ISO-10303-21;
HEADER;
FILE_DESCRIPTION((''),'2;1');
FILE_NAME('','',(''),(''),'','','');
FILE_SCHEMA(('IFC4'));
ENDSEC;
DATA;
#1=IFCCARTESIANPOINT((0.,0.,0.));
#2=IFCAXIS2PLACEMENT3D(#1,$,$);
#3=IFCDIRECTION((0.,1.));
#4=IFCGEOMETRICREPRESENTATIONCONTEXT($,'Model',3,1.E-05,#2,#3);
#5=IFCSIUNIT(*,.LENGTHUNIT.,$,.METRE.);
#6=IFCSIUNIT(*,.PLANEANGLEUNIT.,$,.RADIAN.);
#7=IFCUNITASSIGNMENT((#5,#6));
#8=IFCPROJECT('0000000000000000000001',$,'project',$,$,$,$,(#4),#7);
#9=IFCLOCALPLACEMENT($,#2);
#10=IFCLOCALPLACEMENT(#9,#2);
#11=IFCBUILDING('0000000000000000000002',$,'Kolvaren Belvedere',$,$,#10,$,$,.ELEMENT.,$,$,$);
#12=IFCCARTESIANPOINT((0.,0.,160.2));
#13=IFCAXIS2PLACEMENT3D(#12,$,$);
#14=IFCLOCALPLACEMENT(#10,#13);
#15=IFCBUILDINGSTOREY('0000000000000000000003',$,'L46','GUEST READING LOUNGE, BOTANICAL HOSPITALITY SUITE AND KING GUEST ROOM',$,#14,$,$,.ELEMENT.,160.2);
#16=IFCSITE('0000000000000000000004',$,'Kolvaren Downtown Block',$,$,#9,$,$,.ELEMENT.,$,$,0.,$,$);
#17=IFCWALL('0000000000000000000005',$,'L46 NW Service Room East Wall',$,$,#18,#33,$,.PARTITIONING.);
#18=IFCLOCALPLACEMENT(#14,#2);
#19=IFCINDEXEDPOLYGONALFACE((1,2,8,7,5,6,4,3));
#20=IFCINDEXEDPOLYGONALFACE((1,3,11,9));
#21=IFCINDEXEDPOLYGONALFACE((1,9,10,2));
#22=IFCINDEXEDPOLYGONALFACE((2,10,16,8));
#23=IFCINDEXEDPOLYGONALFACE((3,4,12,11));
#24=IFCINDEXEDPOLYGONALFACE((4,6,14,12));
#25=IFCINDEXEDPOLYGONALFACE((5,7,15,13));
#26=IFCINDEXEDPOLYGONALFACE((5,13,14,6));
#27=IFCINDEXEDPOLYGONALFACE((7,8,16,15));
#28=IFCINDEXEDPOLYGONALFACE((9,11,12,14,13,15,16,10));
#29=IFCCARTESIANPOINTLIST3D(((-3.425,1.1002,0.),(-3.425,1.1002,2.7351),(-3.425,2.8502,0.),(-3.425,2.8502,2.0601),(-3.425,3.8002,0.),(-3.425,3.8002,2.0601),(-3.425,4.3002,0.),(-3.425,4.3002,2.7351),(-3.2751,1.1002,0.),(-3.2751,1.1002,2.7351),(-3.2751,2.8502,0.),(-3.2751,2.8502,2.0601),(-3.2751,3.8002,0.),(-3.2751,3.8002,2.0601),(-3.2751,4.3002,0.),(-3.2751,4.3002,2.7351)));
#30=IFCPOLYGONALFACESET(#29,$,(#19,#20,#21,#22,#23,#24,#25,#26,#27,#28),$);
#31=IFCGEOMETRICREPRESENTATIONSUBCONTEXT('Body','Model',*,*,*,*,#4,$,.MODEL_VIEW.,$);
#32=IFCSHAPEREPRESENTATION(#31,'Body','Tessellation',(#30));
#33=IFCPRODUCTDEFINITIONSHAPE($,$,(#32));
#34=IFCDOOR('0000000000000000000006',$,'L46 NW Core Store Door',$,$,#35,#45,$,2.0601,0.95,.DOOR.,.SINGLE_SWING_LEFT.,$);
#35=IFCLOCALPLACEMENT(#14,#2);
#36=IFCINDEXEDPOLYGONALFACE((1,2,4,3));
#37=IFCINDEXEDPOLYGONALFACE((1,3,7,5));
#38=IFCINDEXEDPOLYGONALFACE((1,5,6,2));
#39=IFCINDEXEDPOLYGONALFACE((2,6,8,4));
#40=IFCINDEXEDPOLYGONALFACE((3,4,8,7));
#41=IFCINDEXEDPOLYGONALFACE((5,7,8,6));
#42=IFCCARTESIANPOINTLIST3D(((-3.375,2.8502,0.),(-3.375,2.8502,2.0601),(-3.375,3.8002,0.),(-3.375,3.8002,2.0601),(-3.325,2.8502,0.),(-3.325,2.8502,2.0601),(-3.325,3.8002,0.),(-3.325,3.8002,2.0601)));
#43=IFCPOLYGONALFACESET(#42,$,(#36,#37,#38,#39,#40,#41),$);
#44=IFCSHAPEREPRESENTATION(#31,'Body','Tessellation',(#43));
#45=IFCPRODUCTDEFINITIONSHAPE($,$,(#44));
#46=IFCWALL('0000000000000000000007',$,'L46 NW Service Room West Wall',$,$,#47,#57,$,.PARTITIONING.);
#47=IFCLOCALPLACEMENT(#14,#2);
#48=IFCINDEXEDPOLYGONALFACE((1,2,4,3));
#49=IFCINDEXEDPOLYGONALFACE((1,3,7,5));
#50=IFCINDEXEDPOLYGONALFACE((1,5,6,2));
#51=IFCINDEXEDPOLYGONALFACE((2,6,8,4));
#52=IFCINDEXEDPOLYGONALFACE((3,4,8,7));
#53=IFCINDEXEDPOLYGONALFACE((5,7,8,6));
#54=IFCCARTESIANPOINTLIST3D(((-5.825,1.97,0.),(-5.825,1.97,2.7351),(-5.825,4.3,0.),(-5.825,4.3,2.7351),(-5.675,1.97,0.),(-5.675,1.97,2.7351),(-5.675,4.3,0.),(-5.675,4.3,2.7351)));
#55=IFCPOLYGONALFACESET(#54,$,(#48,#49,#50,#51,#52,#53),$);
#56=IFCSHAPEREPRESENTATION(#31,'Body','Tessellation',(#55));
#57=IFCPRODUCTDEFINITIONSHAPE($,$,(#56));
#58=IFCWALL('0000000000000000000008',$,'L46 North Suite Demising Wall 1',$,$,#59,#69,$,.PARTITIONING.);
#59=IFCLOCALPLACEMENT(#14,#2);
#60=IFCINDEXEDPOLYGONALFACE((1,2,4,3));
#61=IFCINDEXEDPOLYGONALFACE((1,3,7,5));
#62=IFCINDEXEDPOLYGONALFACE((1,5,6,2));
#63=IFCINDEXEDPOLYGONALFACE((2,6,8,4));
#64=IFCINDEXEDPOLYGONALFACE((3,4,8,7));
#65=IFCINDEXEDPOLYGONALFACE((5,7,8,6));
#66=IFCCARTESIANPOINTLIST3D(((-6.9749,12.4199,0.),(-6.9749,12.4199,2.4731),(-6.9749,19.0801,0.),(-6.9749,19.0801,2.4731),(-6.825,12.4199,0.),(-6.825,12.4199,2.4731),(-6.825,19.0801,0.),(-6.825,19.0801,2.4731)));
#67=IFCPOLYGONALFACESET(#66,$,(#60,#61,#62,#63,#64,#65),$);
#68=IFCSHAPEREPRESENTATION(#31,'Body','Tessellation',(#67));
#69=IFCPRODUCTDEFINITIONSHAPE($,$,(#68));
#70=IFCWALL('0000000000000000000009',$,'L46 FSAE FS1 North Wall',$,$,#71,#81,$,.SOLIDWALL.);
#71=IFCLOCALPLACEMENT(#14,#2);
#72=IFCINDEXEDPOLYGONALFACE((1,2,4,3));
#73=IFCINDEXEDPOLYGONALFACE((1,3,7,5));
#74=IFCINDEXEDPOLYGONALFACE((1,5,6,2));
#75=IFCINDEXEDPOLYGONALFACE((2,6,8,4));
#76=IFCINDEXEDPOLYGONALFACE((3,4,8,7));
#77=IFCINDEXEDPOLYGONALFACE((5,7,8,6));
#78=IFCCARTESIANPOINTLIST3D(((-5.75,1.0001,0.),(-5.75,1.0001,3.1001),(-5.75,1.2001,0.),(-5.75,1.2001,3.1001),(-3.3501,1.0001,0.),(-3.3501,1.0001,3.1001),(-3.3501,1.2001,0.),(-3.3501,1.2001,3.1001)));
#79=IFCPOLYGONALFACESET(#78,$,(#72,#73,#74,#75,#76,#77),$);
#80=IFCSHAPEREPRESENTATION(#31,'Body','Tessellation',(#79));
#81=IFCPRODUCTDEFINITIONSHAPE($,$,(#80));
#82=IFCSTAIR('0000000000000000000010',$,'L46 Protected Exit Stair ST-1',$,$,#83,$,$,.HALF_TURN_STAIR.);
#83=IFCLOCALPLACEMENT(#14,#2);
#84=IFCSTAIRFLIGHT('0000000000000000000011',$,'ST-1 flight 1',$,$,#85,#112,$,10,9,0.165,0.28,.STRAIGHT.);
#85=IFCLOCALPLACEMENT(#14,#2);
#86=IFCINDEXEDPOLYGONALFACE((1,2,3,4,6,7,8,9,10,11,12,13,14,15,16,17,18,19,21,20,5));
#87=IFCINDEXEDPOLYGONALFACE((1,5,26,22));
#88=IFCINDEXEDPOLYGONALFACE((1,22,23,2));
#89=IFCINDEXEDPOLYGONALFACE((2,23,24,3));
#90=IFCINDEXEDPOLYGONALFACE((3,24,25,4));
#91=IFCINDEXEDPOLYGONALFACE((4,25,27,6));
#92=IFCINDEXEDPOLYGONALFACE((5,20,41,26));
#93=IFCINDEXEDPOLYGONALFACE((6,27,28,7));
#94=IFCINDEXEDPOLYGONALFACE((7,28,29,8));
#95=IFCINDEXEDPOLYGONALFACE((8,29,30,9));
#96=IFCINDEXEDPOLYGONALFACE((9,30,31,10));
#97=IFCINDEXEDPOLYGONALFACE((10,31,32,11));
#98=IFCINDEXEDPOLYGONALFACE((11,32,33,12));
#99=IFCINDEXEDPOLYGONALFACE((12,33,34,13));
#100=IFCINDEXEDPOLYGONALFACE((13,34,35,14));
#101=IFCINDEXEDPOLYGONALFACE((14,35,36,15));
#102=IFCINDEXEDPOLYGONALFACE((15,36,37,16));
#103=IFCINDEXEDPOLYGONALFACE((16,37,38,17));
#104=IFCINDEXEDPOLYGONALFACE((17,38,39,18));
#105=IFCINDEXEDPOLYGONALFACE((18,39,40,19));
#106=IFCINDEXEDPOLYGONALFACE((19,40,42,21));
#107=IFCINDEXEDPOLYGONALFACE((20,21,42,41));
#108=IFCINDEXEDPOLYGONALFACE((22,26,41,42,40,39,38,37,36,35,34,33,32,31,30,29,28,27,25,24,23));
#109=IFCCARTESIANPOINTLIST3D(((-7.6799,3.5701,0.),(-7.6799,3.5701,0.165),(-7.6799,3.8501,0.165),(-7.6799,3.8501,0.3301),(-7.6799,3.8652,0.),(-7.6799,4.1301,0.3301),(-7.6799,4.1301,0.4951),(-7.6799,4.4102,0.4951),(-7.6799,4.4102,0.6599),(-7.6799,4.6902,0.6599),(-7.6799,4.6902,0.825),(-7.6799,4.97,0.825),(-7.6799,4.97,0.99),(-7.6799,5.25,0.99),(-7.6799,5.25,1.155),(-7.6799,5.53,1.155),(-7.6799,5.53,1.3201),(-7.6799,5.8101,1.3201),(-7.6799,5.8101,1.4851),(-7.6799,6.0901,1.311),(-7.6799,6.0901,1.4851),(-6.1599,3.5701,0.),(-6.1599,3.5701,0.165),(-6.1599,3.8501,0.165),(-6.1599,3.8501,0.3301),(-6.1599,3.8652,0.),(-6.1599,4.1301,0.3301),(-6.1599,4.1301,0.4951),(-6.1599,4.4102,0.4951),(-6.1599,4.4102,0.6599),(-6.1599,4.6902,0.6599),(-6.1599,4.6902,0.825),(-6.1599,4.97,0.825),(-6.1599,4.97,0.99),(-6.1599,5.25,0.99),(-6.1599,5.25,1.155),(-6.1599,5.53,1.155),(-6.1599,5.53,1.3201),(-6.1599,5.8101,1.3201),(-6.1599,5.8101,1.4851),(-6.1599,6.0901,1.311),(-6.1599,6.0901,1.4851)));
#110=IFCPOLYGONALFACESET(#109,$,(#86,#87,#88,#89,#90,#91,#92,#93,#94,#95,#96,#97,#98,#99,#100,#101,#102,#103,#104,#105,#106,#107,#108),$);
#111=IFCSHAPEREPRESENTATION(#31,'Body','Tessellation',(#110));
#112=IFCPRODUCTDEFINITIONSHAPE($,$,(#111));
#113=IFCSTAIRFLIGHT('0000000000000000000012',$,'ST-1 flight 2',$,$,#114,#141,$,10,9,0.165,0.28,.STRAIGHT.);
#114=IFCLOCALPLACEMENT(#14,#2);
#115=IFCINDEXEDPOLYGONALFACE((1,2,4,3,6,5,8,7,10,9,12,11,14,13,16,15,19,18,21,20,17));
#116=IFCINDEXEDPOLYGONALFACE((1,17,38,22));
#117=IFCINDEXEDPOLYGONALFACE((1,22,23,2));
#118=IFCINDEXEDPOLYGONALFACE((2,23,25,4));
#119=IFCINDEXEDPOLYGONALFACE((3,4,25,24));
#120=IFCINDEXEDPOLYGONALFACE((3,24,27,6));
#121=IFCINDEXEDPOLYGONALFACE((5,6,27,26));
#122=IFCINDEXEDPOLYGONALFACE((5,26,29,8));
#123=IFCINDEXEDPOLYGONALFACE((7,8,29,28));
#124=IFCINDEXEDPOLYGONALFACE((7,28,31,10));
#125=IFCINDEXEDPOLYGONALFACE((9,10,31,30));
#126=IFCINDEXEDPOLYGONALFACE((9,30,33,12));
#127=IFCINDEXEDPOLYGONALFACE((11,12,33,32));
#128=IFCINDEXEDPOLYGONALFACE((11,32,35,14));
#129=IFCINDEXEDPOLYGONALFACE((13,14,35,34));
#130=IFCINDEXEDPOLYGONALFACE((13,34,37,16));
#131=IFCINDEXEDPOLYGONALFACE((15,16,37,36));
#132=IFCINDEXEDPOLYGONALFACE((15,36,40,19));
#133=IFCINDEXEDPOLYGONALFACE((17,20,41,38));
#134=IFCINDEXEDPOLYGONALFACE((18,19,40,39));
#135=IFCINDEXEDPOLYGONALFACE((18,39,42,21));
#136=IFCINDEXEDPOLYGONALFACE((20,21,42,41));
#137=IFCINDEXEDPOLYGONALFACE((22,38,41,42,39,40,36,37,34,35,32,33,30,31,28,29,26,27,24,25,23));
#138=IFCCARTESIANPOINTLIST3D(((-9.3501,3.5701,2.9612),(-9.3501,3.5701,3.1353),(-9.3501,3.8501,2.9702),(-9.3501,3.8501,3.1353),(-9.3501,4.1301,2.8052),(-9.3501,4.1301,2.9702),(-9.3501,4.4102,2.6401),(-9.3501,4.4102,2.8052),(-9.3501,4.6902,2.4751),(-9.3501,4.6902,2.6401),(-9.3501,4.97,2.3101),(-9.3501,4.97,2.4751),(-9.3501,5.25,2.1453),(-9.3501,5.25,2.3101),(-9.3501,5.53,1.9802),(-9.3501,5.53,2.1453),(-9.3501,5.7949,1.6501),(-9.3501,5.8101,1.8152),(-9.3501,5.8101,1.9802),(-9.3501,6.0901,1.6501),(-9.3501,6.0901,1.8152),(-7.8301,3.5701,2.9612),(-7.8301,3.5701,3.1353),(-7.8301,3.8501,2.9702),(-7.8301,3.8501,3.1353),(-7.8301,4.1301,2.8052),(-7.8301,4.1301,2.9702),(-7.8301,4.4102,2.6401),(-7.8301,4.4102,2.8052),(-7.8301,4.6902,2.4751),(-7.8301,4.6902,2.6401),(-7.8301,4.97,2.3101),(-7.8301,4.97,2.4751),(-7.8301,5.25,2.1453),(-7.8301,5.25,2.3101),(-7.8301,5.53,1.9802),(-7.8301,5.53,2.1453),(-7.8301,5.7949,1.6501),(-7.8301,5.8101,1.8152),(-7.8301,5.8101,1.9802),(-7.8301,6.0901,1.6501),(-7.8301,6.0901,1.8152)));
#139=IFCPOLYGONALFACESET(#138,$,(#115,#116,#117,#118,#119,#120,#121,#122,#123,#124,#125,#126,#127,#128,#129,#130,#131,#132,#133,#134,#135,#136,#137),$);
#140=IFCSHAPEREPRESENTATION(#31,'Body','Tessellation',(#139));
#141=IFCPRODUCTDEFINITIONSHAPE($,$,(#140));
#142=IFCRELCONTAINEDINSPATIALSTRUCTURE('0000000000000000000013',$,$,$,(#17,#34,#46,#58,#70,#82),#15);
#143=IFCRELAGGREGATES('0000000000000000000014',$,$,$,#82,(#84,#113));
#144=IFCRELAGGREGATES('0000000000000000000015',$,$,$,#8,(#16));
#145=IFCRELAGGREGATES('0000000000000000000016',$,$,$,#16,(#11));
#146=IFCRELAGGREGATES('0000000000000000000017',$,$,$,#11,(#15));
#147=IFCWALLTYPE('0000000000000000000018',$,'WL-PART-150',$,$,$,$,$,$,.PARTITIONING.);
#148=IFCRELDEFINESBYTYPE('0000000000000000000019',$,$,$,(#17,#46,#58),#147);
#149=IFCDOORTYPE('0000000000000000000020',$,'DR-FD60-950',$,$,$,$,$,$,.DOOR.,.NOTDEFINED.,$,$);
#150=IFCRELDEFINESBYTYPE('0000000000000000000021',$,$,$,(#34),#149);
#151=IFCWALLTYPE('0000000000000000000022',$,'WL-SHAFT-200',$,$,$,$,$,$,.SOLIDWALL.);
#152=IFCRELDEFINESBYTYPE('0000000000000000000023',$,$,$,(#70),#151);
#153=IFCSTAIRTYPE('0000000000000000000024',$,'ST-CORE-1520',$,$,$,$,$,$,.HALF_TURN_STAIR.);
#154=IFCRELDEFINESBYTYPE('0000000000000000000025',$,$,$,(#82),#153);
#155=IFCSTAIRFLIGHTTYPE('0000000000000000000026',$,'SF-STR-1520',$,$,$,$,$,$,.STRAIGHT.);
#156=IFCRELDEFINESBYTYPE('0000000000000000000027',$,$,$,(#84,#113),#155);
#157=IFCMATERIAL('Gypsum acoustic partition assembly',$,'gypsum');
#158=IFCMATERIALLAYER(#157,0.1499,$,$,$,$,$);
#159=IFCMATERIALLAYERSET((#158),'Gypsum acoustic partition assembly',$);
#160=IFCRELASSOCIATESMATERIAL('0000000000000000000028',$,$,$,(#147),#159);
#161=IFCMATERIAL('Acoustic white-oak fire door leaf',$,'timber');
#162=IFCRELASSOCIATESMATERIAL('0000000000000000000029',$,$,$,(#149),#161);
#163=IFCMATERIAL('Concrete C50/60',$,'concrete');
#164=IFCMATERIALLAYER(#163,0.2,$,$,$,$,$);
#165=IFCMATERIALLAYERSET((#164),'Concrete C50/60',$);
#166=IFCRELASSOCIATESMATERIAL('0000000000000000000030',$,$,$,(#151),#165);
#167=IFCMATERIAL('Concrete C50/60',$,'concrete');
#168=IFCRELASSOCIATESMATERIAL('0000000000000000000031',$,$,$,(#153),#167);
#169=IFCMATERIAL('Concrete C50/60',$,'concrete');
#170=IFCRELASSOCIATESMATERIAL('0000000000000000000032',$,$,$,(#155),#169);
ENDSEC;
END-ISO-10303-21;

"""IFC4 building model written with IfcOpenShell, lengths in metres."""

from ifc_helpers import new_model, si_unit, direction, frame, frame_2d, origin, place, context, subcontext, project, spatial, polyline, rectangle, outline, extrude, material, layer, layer_set, type_object, element, fill, aggregate, save


model = new_model("IFC4")

# Units and contexts
model_context = context("Model", 3, precision=1e-05, world=origin(), true_north=direction((0.0, 1.0)))
body_context = subcontext(model_context, "Body", "Model", "MODEL_VIEW")
ifc_project = project(units=[si_unit("LENGTHUNIT", "METRE"), si_unit("PLANEANGLEUNIT", "RADIAN")], contexts=[model_context])

# Site, building, storey
site_placement = place(None, origin())
site = spatial("IfcSite", under=ifc_project, at=site_placement, Name="Kolvaren Downtown Block", CompositionType="ELEMENT", RefElevation=0.0)
building_placement = place(site_placement, origin())
building = spatial("IfcBuilding", under=site, at=building_placement, Name="Kolvaren Belvedere", CompositionType="ELEMENT")
storey_placement = place(building_placement, frame((0.0, 0.0, 160.2)))
storey = spatial("IfcBuildingStorey", under=building, at=storey_placement, Name="L46", Description="GUEST READING LOUNGE, BOTANICAL HOSPITALITY SUITE AND KING GUEST ROOM", CompositionType="ELEMENT", Elevation=160.2)

# Shared definitions
ifc_material_1 = material(Name="Gypsum acoustic partition assembly", Category="gypsum")
ifc_layer_1 = layer(ifc_material_1, 0.1499)
ifc_layer_set_1 = layer_set([ifc_layer_1], Name="Gypsum acoustic partition assembly")
wall_type_1 = type_object("IfcWallType", Name="WL-PART-150", PredefinedType="PARTITIONING", material=ifc_layer_set_1)

# Wall, opening, door
wall_1_placement = place(storey_placement, frame((-3.3501, 1.1001, 0.0), z_axis=(0.0, 0.0, 1.0), x_axis=(0.0, 1.0, 0.0)))
wall_1 = element("IfcWall", 1, at=wall_1_placement, inside=storey, type_object=wall_type_1, Name="L46 NW Service Room East Wall", PredefinedType="PARTITIONING", context=body_context, shape_type="SweptSolid", body=[
    extrude(rectangle(XDim=3.2, YDim=0.1499, at=frame_2d((1.6001, 0.0))), origin(), (0.0, 0.0, 1.0), 2.7351),
])
opening_1_placement = place(wall_1_placement, frame((1.75, 0.0, 0.0)))
opening_1 = element("IfcOpeningElement", 2, at=opening_1_placement, cuts=wall_1, PredefinedType="OPENING", context=body_context, shape_type="SweptSolid", body=[
    extrude(rectangle(XDim=0.95, YDim=2.0601, at=frame_2d((0.4751, 1.03))), frame((0.0, 0.085, 0.0), z_axis=(0.0, -1.0, 0.0), x_axis=(1.0, 0.0, 0.0)), (0.0, 0.0, 1.0), 0.1699),
])
ifc_material_2 = material(Name="Acoustic white-oak fire door leaf", Category="timber")
door_type_1 = type_object("IfcDoorType", Name="DR-FD60-950", OperationType="NOTDEFINED", PredefinedType="DOOR", material=ifc_material_2)
door_1_placement = place(opening_1_placement, origin())
door_1 = element("IfcDoor", 3, at=door_1_placement, inside=storey, type_object=door_type_1, Name="L46 NW Core Store Door", OperationType="SINGLE_SWING_LEFT", OverallHeight=2.0601, OverallWidth=0.95, PredefinedType="DOOR", context=body_context, shape_type="SweptSolid", body=[
    extrude(rectangle(XDim=0.95, YDim=2.0601, at=frame_2d((0.4751, 1.03))), frame((0.0, 0.0249, 0.0), z_axis=(0.0, -1.0, 0.0), x_axis=(1.0, 0.0, 0.0)), (0.0, 0.0, 1.0), 0.05),
])
fill(opening_1, door_1)

# Walls
wall_2_placement = place(storey_placement, frame((-5.75, 1.97, 0.0), z_axis=(0.0, 0.0, 1.0), x_axis=(0.0, 1.0, 0.0)))
element("IfcWall", 4, at=wall_2_placement, inside=storey, type_object=wall_type_1, Name="L46 NW Service Room West Wall", PredefinedType="PARTITIONING", context=body_context, shape_type="SweptSolid", body=[
    extrude(rectangle(XDim=2.3301, YDim=0.1499, at=frame_2d((1.165, 0.0))), origin(), (0.0, 0.0, 1.0), 2.7351),
])
wall_3_placement = place(storey_placement, frame((-6.8999, 12.4199, 0.0), z_axis=(0.0, 0.0, 1.0), x_axis=(0.0, 1.0, 0.0)))
element("IfcWall", 5, at=wall_3_placement, inside=storey, type_object=wall_type_1, Name="L46 North Suite Demising Wall 1", PredefinedType="PARTITIONING", context=body_context, shape_type="SweptSolid", body=[
    extrude(rectangle(XDim=6.6602, YDim=0.1499, at=frame_2d((3.3301, 0.0))), origin(), (0.0, 0.0, 1.0), 2.4731),
])
ifc_material_3 = material(Name="Concrete C50/60", Category="concrete")
ifc_layer_2 = layer(ifc_material_3, 0.2)
ifc_layer_set_2 = layer_set([ifc_layer_2], Name="Concrete C50/60")
wall_type_2 = type_object("IfcWallType", Name="WL-SHAFT-200", PredefinedType="SOLIDWALL", material=ifc_layer_set_2)
wall_4_placement = place(storey_placement, frame((-5.75, 1.1001, 0.0), z_axis=(0.0, 0.0, 1.0), x_axis=(1.0, 0.0, 0.0)))
element("IfcWall", 6, at=wall_4_placement, inside=storey, type_object=wall_type_2, Name="L46 FSAE FS1 North Wall", PredefinedType="SOLIDWALL", context=body_context, shape_type="SweptSolid", body=[
    extrude(rectangle(XDim=2.3999, YDim=0.2, at=frame_2d((1.2, 0.0))), origin(), (0.0, 0.0, 1.0), 3.1001),
])

# Stair, stair flights
ifc_material_4 = material(Name="Concrete C50/60", Category="concrete")
stair_type = type_object("IfcStairType", Name="ST-CORE-1520", PredefinedType="HALF_TURN_STAIR", material=ifc_material_4)
stair_placement = place(storey_placement, origin())
stair = element("IfcStair", 7, at=stair_placement, inside=storey, type_object=stair_type, Name="L46 Protected Exit Stair ST-1", PredefinedType="HALF_TURN_STAIR")
ifc_material_5 = material(Name="Concrete C50/60", Category="concrete")
stair_flight_type = type_object("IfcStairFlightType", Name="SF-STR-1520", PredefinedType="STRAIGHT", material=ifc_material_5)
stair_flight_1_placement = place(storey_placement, frame((-6.9199, 3.5701, 0.0), z_axis=(0.0, 0.0, 1.0), x_axis=(0.0, 1.0, 0.0)))
stair_flight_1 = element("IfcStairFlight", 8, at=stair_flight_1_placement, type_object=stair_flight_type, Name="ST-1 flight 1", NumberOfRisers=10, NumberOfTreads=9, PredefinedType="STRAIGHT", RiserHeight=0.165, TreadLength=0.28, context=body_context, shape_type="SweptSolid", body=[
    extrude(outline(polyline([(0.0, 0.0), (0.0, 0.165), (0.28, 0.165), (0.28, 0.3301), (0.5601, 0.3301), (0.5601, 0.4951), (0.8401, 0.4951), (0.8401, 0.6599), (1.1201, 0.6599), (1.1201, 0.825), (1.3999, 0.825), (1.3999, 0.99), (1.6799, 0.99), (1.6799, 1.155), (1.96, 1.155), (1.96, 1.3201), (2.24, 1.3201), (2.24, 1.4851), (2.52, 1.4851), (2.52, 1.6499), (2.52, 1.311), (0.2952, 0.0), (0.0, 0.0)])), frame((0.0, 0.76, 0.0), z_axis=(0.0, -1.0, 0.0), x_axis=(1.0, 0.0, 0.0)), (0.0, 0.0, 1.0), 1.52),
])
stair_flight_2_placement = place(storey_placement, frame((-8.5901, 6.0901, 1.6501), z_axis=(0.0, 0.0, 1.0), x_axis=(0.0, -1.0, 0.0)))
stair_flight_2 = element("IfcStairFlight", 9, at=stair_flight_2_placement, type_object=stair_flight_type, Name="ST-1 flight 2", NumberOfRisers=10, NumberOfTreads=9, PredefinedType="STRAIGHT", RiserHeight=0.165, TreadLength=0.28, context=body_context, shape_type="SweptSolid", body=[
    extrude(outline(polyline([(0.0, 0.0), (0.0, 0.165), (0.28, 0.165), (0.28, 0.3301), (0.5601, 0.3301), (0.5601, 0.4951), (0.8401, 0.4951), (0.8401, 0.6599), (1.1201, 0.6599), (1.1201, 0.825), (1.3999, 0.825), (1.3999, 0.99), (1.6799, 0.99), (1.6799, 1.155), (1.96, 1.155), (1.96, 1.3201), (2.24, 1.3201), (2.24, 1.4851), (2.52, 1.4851), (2.52, 1.6499), (2.52, 1.311), (0.2952, 0.0), (0.0, 0.0)])), frame((0.0, 0.76, 0.0), z_axis=(0.0, -1.0, 0.0), x_axis=(1.0, 0.0, 0.0)), (0.0, 0.0, 1.0), 1.52),
])
aggregate(stair, [stair_flight_1, stair_flight_2])

save(model, "model.ifc")
